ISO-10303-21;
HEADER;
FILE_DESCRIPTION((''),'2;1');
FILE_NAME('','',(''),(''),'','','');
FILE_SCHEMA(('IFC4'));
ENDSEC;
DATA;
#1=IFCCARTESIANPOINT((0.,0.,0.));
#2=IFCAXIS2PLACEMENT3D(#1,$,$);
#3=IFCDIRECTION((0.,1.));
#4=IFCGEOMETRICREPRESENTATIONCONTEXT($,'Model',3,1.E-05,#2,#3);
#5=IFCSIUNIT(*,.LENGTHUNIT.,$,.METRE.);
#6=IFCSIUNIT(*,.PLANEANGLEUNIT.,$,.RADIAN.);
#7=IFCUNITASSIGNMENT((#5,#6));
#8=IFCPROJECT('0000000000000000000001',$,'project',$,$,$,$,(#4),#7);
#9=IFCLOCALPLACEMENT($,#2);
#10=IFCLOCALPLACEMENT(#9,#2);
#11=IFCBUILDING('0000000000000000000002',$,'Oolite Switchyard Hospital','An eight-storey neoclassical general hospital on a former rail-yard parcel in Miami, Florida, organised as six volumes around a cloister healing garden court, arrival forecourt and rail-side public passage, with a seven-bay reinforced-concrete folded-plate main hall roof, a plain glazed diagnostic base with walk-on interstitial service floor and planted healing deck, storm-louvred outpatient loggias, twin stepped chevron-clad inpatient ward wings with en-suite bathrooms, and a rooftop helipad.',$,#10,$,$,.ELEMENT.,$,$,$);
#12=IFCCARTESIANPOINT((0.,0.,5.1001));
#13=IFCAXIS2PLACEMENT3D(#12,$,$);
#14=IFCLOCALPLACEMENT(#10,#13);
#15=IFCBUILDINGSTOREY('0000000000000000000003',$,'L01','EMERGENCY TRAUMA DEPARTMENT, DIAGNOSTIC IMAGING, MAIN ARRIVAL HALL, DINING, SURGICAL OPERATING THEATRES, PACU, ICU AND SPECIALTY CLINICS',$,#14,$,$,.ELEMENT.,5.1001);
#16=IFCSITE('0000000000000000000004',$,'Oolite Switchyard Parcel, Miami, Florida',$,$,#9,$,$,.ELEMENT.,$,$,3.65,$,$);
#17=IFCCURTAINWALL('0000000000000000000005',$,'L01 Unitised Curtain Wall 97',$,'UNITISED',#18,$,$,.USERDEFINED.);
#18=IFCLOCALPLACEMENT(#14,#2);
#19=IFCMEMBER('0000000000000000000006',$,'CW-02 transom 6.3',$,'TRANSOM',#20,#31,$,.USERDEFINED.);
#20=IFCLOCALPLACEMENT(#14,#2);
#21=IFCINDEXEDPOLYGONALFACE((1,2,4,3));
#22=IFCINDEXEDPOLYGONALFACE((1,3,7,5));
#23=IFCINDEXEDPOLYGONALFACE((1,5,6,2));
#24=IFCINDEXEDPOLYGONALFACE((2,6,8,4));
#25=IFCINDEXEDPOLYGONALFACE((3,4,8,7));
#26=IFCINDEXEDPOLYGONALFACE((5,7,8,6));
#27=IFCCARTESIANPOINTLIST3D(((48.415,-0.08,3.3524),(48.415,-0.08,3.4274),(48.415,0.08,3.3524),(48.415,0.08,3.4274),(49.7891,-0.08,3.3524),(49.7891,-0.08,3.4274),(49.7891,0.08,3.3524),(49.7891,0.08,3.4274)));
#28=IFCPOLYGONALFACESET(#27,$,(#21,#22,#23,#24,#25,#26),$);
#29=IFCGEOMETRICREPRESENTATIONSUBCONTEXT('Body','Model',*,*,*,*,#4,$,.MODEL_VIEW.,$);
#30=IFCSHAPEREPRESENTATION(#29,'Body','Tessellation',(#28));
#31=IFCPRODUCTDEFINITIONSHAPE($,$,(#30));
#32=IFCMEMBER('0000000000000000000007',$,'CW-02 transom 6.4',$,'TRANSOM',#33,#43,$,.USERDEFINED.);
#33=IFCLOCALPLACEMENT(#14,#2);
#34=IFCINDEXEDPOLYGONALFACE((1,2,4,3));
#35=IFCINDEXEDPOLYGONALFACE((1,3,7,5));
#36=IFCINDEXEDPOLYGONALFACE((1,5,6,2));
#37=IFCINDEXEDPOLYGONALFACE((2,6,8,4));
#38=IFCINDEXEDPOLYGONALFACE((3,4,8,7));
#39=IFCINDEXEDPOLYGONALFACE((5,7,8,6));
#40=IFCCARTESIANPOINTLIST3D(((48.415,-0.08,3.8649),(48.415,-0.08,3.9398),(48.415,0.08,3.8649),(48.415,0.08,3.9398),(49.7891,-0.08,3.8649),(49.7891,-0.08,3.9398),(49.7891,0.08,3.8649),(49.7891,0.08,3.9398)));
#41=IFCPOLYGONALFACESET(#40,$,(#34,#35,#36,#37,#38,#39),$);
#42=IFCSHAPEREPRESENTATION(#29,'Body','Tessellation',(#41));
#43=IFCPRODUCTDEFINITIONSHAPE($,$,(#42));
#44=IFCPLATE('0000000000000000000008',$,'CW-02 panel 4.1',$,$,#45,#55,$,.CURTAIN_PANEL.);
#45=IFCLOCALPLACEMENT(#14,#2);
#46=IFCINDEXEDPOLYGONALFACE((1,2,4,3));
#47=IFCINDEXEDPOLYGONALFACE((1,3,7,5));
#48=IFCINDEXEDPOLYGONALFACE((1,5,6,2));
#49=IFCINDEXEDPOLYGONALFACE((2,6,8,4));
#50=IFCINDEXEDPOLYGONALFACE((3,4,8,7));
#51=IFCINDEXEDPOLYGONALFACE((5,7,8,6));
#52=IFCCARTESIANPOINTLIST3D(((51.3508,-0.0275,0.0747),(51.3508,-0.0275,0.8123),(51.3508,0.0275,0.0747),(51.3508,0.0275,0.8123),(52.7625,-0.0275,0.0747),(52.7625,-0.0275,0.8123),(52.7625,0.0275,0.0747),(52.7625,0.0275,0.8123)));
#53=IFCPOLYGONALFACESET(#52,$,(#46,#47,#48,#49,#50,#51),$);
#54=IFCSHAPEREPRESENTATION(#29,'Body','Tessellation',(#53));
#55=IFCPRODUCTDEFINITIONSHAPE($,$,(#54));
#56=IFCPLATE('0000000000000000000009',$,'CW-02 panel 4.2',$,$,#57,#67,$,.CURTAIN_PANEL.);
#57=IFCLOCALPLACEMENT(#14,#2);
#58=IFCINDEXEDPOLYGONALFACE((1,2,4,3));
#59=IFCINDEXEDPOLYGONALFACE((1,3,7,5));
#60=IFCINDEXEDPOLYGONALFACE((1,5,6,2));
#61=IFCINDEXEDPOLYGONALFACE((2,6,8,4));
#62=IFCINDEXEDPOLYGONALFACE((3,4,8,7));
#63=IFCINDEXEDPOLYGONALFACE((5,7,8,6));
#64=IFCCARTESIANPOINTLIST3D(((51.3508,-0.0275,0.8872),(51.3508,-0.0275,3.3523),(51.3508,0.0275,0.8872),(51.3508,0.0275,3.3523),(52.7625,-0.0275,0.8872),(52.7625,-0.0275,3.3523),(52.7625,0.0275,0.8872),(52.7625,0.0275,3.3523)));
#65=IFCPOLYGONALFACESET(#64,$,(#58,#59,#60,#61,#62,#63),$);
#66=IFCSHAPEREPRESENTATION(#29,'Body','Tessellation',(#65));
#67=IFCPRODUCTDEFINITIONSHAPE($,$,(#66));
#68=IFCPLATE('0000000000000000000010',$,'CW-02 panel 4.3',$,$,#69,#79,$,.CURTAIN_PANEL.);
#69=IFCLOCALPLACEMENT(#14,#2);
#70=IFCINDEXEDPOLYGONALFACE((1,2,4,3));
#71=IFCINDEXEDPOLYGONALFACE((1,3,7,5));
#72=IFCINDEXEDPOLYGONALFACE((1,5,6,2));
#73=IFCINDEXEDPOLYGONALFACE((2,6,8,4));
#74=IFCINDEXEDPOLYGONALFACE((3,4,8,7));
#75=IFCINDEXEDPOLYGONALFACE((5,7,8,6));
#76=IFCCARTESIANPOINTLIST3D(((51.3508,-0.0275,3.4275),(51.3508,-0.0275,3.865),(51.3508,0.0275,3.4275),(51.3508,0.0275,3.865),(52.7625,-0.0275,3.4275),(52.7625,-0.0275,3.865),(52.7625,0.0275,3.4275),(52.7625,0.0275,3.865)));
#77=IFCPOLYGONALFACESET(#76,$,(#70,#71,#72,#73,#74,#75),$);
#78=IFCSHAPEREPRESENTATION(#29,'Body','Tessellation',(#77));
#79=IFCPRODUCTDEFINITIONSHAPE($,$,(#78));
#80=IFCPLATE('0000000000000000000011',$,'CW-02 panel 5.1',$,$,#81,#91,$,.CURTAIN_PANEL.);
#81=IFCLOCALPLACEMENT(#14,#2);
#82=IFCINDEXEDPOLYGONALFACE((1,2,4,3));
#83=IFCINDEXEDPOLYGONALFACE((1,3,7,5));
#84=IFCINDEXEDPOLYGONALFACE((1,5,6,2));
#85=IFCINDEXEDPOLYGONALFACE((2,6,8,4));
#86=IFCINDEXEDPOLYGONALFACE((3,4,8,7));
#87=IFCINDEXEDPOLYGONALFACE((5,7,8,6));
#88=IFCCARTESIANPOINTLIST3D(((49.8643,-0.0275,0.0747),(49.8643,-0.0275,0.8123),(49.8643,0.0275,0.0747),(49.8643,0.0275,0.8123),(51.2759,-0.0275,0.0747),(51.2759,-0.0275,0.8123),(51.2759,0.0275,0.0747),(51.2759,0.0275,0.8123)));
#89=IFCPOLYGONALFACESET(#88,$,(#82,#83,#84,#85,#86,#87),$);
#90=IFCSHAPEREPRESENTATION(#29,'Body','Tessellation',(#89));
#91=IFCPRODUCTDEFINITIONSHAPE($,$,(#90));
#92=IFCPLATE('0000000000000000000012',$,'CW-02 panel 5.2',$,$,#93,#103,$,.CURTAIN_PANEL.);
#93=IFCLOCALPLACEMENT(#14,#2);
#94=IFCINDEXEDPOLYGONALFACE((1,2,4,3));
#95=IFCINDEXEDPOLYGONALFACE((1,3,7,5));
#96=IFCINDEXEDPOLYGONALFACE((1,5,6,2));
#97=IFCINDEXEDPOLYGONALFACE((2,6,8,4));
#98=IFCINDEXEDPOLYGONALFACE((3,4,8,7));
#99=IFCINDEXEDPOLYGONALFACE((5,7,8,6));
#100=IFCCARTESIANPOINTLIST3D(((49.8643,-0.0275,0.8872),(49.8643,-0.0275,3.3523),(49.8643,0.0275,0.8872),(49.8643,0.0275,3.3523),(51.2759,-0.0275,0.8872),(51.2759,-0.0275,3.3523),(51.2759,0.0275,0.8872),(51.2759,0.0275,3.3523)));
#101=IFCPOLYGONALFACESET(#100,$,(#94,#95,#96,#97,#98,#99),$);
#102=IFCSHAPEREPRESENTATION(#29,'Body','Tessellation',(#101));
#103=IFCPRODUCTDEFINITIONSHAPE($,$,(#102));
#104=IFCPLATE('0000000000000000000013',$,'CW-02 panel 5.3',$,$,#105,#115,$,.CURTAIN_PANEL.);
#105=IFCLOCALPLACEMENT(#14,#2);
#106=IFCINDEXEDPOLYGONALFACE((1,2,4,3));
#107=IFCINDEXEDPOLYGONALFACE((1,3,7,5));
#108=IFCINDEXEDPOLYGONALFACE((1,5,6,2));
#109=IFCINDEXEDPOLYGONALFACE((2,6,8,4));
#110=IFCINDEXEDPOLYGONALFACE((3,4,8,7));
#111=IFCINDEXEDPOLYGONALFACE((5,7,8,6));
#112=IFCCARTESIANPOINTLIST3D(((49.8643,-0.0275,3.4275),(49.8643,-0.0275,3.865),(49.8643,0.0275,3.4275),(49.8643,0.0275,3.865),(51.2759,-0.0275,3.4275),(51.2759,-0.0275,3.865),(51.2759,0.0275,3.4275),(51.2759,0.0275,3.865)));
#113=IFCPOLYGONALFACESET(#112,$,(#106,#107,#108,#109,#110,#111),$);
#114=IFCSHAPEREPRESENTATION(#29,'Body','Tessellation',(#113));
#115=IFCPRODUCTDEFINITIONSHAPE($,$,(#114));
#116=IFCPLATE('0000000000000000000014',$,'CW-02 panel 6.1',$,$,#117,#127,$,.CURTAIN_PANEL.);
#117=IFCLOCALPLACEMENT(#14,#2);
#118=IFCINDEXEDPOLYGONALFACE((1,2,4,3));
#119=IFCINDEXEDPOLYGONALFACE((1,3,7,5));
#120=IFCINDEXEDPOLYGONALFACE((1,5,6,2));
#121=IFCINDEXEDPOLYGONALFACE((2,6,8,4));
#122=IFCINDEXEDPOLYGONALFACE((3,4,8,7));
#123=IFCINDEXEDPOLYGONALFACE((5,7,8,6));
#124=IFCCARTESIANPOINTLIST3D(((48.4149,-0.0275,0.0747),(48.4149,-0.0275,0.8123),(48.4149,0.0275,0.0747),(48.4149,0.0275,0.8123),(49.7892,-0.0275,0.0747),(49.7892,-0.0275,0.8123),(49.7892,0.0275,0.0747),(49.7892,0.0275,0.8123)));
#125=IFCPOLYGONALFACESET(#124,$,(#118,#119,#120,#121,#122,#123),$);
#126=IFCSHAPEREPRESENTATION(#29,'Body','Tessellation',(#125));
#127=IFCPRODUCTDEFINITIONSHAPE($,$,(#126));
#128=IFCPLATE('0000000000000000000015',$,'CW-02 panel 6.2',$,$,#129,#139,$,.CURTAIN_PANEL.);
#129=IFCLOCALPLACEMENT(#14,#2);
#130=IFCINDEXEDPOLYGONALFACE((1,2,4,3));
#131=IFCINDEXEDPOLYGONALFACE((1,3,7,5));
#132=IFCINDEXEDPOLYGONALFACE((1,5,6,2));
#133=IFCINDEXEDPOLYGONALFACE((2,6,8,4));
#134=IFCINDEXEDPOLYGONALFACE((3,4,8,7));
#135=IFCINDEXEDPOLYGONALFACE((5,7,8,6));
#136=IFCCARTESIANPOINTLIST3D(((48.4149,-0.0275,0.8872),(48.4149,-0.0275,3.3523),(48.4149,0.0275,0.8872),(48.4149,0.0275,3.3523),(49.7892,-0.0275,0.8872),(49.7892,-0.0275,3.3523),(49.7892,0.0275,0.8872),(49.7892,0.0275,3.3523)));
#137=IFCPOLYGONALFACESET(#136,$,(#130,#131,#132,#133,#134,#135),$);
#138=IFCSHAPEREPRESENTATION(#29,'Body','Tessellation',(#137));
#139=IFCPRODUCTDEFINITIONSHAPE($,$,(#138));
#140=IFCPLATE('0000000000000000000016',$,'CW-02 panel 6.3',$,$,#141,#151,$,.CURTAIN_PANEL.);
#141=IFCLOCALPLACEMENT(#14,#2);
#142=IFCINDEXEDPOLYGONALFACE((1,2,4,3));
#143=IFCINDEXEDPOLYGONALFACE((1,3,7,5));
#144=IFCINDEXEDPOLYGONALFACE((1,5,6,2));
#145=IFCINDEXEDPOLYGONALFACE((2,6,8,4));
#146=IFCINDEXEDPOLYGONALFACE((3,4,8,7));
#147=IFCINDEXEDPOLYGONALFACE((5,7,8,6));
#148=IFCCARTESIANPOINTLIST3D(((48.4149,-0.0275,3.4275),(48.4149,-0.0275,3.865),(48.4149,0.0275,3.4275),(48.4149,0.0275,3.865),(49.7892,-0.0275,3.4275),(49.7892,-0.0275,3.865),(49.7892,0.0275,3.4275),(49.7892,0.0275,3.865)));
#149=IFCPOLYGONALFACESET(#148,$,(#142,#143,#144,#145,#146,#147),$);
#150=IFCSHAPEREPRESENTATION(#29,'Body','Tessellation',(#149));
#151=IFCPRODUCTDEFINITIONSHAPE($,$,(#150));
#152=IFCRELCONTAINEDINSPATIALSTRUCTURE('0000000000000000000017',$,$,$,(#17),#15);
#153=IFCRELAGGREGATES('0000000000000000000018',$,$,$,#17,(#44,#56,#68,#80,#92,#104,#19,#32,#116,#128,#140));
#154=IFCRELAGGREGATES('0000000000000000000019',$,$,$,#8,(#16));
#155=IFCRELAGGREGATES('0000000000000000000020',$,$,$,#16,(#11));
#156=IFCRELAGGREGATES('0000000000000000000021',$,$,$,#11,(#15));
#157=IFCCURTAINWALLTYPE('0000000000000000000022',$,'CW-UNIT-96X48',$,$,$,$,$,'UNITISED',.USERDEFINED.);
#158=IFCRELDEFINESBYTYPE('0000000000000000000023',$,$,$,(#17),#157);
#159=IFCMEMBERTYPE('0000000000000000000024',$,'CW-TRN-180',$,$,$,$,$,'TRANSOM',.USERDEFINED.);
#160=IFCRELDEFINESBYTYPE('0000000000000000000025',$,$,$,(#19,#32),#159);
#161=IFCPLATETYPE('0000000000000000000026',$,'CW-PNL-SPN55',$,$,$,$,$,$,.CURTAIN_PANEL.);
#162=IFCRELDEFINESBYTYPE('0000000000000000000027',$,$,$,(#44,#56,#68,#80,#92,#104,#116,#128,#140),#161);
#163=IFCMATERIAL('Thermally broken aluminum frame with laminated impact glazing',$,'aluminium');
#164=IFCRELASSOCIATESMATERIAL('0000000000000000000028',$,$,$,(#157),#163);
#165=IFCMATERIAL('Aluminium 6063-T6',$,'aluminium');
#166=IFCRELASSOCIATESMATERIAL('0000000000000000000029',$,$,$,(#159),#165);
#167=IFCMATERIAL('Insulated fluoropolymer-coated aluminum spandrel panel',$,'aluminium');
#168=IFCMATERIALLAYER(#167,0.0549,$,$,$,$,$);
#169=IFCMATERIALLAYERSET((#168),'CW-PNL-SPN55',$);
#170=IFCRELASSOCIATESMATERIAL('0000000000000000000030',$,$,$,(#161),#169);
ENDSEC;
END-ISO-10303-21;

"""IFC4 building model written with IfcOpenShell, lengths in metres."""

from ifc_helpers import new_model, si_unit, direction, frame, origin, origin_2d, place, context, subcontext, project, spatial, rectangle, extrude, material, layer, layer_set, material_profile, profile_set, type_object, element, aggregate, save


model = new_model("IFC4")

# Units and contexts
model_context = context("Model", 3, precision=1e-05, world=origin(), true_north=direction((0.0, 1.0)))
body_context = subcontext(model_context, "Body", "Model", "MODEL_VIEW")
ifc_project = project(units=[si_unit("LENGTHUNIT", "METRE"), si_unit("PLANEANGLEUNIT", "RADIAN")], contexts=[model_context])

# Site, building, storey
site_placement = place(None, origin())
site = spatial("IfcSite", under=ifc_project, at=site_placement, Name="Oolite Switchyard Parcel, Miami, Florida", CompositionType="ELEMENT", RefElevation=3.65)
building_placement = place(site_placement, origin())
building = spatial("IfcBuilding", under=site, at=building_placement, Name="Oolite Switchyard Hospital", Description="An eight-storey neoclassical general hospital on a former rail-yard parcel in Miami, Florida, organised as six volumes around a cloister healing garden court, arrival forecourt and rail-side public passage, with a seven-bay reinforced-concrete folded-plate main hall roof, a plain glazed diagnostic base with walk-on interstitial service floor and planted healing deck, storm-louvred outpatient loggias, twin stepped chevron-clad inpatient ward wings with en-suite bathrooms, and a rooftop helipad.", CompositionType="ELEMENT")
storey_placement = place(building_placement, frame((0.0, 0.0, 5.1001)))
storey = spatial("IfcBuildingStorey", under=building, at=storey_placement, Name="L01", Description="EMERGENCY TRAUMA DEPARTMENT, DIAGNOSTIC IMAGING, MAIN ARRIVAL HALL, DINING, SURGICAL OPERATING THEATRES, PACU, ICU AND SPECIALTY CLINICS", CompositionType="ELEMENT", Elevation=5.1001)

# Curtain wall, members, plates
ifc_material_1 = material(Name="Thermally broken aluminum frame with laminated impact glazing", Category="aluminium")
curtain_wall_type = type_object("IfcCurtainWallType", Name="CW-UNIT-96X48", ElementType="UNITISED", PredefinedType="USERDEFINED", material=ifc_material_1)
curtain_wall_placement = place(storey_placement, origin())
curtain_wall = element("IfcCurtainWall", 1, at=curtain_wall_placement, inside=storey, type_object=curtain_wall_type, Name="L01 Unitised Curtain Wall 97", ObjectType="UNITISED", PredefinedType="USERDEFINED")
ifc_material_2 = material(Name="Aluminium 6063-T6", Category="aluminium")
ifc_material_profile_1 = material_profile(ifc_material_2, rectangle(XDim=0.1599, YDim=0.075, at=origin_2d()), Name="CWT75X160")
ifc_profile_set_1 = profile_set([ifc_material_profile_1], Name="Aluminium 6063-T6")
member_type_1 = type_object("IfcMemberType", Name="CW-TRN-180", ElementType="TRANSOM", PredefinedType="USERDEFINED", material=ifc_profile_set_1)
member_1_placement = place(storey_placement, frame((49.7891, 0.0, 3.3899), z_axis=(-1.0, 0.0, 0.0), x_axis=(0.0, -1.0, 0.0)))
member_1 = element("IfcMember", 2, at=member_1_placement, type_object=member_type_1, Name="CW-02 transom 6.3", ObjectType="TRANSOM", PredefinedType="USERDEFINED", context=body_context, shape_type="SweptSolid", body=[
    extrude(rectangle(XDim=0.1599, YDim=0.075, at=origin_2d()), origin(), (0.0, 0.0, 1.0), 1.374),
])
member_2_placement = place(storey_placement, frame((49.7891, 0.0, 3.9023), z_axis=(-1.0, 0.0, 0.0), x_axis=(0.0, -1.0, 0.0)))
member_2 = element("IfcMember", 3, at=member_2_placement, type_object=member_type_1, Name="CW-02 transom 6.4", ObjectType="TRANSOM", PredefinedType="USERDEFINED", context=body_context, shape_type="SweptSolid", body=[
    extrude(rectangle(XDim=0.1599, YDim=0.075, at=origin_2d()), origin(), (0.0, 0.0, 1.0), 1.374),
])
ifc_material_3 = material(Name="Insulated fluoropolymer-coated aluminum spandrel panel", Category="aluminium")
ifc_layer = layer(ifc_material_3, 0.0549)
ifc_layer_set = layer_set([ifc_layer], Name="CW-PNL-SPN55")
plate_type = type_object("IfcPlateType", Name="CW-PNL-SPN55", PredefinedType="CURTAIN_PANEL", material=ifc_layer_set)
plate_1_placement = place(storey_placement, frame((52.0566, 0.0, 0.0747), z_axis=(0.0, 0.0, 1.0), x_axis=(-1.0, 0.0, 0.0)))
plate_1 = element("IfcPlate", 4, at=plate_1_placement, type_object=plate_type, Name="CW-02 panel 4.1", PredefinedType="CURTAIN_PANEL", context=body_context, shape_type="SweptSolid", body=[
    extrude(rectangle(XDim=1.4116, YDim=0.0549, at=origin_2d()), origin(), (0.0, 0.0, 1.0), 0.7375),
])
plate_2_placement = place(storey_placement, frame((52.0566, 0.0, 0.8872), z_axis=(0.0, 0.0, 1.0), x_axis=(-1.0, 0.0, 0.0)))
plate_2 = element("IfcPlate", 5, at=plate_2_placement, type_object=plate_type, Name="CW-02 panel 4.2", PredefinedType="CURTAIN_PANEL", context=body_context, shape_type="SweptSolid", body=[
    extrude(rectangle(XDim=1.4116, YDim=0.0549, at=origin_2d()), origin(), (0.0, 0.0, 1.0), 2.4651),
])
plate_3_placement = place(storey_placement, frame((52.0566, 0.0, 3.4275), z_axis=(0.0, 0.0, 1.0), x_axis=(-1.0, 0.0, 0.0)))
plate_3 = element("IfcPlate", 6, at=plate_3_placement, type_object=plate_type, Name="CW-02 panel 4.3", PredefinedType="CURTAIN_PANEL", context=body_context, shape_type="SweptSolid", body=[
    extrude(rectangle(XDim=1.4116, YDim=0.0549, at=origin_2d()), origin(), (0.0, 0.0, 1.0), 0.4375),
])
plate_4_placement = place(storey_placement, frame((50.5701, 0.0, 0.0747), z_axis=(0.0, 0.0, 1.0), x_axis=(-1.0, 0.0, 0.0)))
plate_4 = element("IfcPlate", 7, at=plate_4_placement, type_object=plate_type, Name="CW-02 panel 5.1", PredefinedType="CURTAIN_PANEL", context=body_context, shape_type="SweptSolid", body=[
    extrude(rectangle(XDim=1.4116, YDim=0.0549, at=origin_2d()), origin(), (0.0, 0.0, 1.0), 0.7375),
])
plate_5_placement = place(storey_placement, frame((50.5701, 0.0, 0.8872), z_axis=(0.0, 0.0, 1.0), x_axis=(-1.0, 0.0, 0.0)))
plate_5 = element("IfcPlate", 8, at=plate_5_placement, type_object=plate_type, Name="CW-02 panel 5.2", PredefinedType="CURTAIN_PANEL", context=body_context, shape_type="SweptSolid", body=[
    extrude(rectangle(XDim=1.4116, YDim=0.0549, at=origin_2d()), origin(), (0.0, 0.0, 1.0), 2.4651),
])
plate_6_placement = place(storey_placement, frame((50.5701, 0.0, 3.4275), z_axis=(0.0, 0.0, 1.0), x_axis=(-1.0, 0.0, 0.0)))
plate_6 = element("IfcPlate", 9, at=plate_6_placement, type_object=plate_type, Name="CW-02 panel 5.3", PredefinedType="CURTAIN_PANEL", context=body_context, shape_type="SweptSolid", body=[
    extrude(rectangle(XDim=1.4116, YDim=0.0549, at=origin_2d()), origin(), (0.0, 0.0, 1.0), 0.4375),
])
plate_7_placement = place(storey_placement, frame((49.1021, 0.0, 0.0747), z_axis=(0.0, 0.0, 1.0), x_axis=(-1.0, 0.0, 0.0)))
plate_7 = element("IfcPlate", 10, at=plate_7_placement, type_object=plate_type, Name="CW-02 panel 6.1", PredefinedType="CURTAIN_PANEL", context=body_context, shape_type="SweptSolid", body=[
    extrude(rectangle(XDim=1.3743, YDim=0.0549, at=origin_2d()), origin(), (0.0, 0.0, 1.0), 0.7375),
])
plate_8_placement = place(storey_placement, frame((49.1021, 0.0, 0.8872), z_axis=(0.0, 0.0, 1.0), x_axis=(-1.0, 0.0, 0.0)))
plate_8 = element("IfcPlate", 11, at=plate_8_placement, type_object=plate_type, Name="CW-02 panel 6.2", PredefinedType="CURTAIN_PANEL", context=body_context, shape_type="SweptSolid", body=[
    extrude(rectangle(XDim=1.3743, YDim=0.0549, at=origin_2d()), origin(), (0.0, 0.0, 1.0), 2.4651),
])
plate_9_placement = place(storey_placement, frame((49.1021, 0.0, 3.4275), z_axis=(0.0, 0.0, 1.0), x_axis=(-1.0, 0.0, 0.0)))
plate_9 = element("IfcPlate", 12, at=plate_9_placement, type_object=plate_type, Name="CW-02 panel 6.3", PredefinedType="CURTAIN_PANEL", context=body_context, shape_type="SweptSolid", body=[
    extrude(rectangle(XDim=1.3743, YDim=0.0549, at=origin_2d()), origin(), (0.0, 0.0, 1.0), 0.4375),
])
aggregate(curtain_wall, [plate_1, plate_2, plate_3, plate_4, plate_5, plate_6, member_1, member_2, plate_7, plate_8, plate_9])

save(model, "model.ifc")
